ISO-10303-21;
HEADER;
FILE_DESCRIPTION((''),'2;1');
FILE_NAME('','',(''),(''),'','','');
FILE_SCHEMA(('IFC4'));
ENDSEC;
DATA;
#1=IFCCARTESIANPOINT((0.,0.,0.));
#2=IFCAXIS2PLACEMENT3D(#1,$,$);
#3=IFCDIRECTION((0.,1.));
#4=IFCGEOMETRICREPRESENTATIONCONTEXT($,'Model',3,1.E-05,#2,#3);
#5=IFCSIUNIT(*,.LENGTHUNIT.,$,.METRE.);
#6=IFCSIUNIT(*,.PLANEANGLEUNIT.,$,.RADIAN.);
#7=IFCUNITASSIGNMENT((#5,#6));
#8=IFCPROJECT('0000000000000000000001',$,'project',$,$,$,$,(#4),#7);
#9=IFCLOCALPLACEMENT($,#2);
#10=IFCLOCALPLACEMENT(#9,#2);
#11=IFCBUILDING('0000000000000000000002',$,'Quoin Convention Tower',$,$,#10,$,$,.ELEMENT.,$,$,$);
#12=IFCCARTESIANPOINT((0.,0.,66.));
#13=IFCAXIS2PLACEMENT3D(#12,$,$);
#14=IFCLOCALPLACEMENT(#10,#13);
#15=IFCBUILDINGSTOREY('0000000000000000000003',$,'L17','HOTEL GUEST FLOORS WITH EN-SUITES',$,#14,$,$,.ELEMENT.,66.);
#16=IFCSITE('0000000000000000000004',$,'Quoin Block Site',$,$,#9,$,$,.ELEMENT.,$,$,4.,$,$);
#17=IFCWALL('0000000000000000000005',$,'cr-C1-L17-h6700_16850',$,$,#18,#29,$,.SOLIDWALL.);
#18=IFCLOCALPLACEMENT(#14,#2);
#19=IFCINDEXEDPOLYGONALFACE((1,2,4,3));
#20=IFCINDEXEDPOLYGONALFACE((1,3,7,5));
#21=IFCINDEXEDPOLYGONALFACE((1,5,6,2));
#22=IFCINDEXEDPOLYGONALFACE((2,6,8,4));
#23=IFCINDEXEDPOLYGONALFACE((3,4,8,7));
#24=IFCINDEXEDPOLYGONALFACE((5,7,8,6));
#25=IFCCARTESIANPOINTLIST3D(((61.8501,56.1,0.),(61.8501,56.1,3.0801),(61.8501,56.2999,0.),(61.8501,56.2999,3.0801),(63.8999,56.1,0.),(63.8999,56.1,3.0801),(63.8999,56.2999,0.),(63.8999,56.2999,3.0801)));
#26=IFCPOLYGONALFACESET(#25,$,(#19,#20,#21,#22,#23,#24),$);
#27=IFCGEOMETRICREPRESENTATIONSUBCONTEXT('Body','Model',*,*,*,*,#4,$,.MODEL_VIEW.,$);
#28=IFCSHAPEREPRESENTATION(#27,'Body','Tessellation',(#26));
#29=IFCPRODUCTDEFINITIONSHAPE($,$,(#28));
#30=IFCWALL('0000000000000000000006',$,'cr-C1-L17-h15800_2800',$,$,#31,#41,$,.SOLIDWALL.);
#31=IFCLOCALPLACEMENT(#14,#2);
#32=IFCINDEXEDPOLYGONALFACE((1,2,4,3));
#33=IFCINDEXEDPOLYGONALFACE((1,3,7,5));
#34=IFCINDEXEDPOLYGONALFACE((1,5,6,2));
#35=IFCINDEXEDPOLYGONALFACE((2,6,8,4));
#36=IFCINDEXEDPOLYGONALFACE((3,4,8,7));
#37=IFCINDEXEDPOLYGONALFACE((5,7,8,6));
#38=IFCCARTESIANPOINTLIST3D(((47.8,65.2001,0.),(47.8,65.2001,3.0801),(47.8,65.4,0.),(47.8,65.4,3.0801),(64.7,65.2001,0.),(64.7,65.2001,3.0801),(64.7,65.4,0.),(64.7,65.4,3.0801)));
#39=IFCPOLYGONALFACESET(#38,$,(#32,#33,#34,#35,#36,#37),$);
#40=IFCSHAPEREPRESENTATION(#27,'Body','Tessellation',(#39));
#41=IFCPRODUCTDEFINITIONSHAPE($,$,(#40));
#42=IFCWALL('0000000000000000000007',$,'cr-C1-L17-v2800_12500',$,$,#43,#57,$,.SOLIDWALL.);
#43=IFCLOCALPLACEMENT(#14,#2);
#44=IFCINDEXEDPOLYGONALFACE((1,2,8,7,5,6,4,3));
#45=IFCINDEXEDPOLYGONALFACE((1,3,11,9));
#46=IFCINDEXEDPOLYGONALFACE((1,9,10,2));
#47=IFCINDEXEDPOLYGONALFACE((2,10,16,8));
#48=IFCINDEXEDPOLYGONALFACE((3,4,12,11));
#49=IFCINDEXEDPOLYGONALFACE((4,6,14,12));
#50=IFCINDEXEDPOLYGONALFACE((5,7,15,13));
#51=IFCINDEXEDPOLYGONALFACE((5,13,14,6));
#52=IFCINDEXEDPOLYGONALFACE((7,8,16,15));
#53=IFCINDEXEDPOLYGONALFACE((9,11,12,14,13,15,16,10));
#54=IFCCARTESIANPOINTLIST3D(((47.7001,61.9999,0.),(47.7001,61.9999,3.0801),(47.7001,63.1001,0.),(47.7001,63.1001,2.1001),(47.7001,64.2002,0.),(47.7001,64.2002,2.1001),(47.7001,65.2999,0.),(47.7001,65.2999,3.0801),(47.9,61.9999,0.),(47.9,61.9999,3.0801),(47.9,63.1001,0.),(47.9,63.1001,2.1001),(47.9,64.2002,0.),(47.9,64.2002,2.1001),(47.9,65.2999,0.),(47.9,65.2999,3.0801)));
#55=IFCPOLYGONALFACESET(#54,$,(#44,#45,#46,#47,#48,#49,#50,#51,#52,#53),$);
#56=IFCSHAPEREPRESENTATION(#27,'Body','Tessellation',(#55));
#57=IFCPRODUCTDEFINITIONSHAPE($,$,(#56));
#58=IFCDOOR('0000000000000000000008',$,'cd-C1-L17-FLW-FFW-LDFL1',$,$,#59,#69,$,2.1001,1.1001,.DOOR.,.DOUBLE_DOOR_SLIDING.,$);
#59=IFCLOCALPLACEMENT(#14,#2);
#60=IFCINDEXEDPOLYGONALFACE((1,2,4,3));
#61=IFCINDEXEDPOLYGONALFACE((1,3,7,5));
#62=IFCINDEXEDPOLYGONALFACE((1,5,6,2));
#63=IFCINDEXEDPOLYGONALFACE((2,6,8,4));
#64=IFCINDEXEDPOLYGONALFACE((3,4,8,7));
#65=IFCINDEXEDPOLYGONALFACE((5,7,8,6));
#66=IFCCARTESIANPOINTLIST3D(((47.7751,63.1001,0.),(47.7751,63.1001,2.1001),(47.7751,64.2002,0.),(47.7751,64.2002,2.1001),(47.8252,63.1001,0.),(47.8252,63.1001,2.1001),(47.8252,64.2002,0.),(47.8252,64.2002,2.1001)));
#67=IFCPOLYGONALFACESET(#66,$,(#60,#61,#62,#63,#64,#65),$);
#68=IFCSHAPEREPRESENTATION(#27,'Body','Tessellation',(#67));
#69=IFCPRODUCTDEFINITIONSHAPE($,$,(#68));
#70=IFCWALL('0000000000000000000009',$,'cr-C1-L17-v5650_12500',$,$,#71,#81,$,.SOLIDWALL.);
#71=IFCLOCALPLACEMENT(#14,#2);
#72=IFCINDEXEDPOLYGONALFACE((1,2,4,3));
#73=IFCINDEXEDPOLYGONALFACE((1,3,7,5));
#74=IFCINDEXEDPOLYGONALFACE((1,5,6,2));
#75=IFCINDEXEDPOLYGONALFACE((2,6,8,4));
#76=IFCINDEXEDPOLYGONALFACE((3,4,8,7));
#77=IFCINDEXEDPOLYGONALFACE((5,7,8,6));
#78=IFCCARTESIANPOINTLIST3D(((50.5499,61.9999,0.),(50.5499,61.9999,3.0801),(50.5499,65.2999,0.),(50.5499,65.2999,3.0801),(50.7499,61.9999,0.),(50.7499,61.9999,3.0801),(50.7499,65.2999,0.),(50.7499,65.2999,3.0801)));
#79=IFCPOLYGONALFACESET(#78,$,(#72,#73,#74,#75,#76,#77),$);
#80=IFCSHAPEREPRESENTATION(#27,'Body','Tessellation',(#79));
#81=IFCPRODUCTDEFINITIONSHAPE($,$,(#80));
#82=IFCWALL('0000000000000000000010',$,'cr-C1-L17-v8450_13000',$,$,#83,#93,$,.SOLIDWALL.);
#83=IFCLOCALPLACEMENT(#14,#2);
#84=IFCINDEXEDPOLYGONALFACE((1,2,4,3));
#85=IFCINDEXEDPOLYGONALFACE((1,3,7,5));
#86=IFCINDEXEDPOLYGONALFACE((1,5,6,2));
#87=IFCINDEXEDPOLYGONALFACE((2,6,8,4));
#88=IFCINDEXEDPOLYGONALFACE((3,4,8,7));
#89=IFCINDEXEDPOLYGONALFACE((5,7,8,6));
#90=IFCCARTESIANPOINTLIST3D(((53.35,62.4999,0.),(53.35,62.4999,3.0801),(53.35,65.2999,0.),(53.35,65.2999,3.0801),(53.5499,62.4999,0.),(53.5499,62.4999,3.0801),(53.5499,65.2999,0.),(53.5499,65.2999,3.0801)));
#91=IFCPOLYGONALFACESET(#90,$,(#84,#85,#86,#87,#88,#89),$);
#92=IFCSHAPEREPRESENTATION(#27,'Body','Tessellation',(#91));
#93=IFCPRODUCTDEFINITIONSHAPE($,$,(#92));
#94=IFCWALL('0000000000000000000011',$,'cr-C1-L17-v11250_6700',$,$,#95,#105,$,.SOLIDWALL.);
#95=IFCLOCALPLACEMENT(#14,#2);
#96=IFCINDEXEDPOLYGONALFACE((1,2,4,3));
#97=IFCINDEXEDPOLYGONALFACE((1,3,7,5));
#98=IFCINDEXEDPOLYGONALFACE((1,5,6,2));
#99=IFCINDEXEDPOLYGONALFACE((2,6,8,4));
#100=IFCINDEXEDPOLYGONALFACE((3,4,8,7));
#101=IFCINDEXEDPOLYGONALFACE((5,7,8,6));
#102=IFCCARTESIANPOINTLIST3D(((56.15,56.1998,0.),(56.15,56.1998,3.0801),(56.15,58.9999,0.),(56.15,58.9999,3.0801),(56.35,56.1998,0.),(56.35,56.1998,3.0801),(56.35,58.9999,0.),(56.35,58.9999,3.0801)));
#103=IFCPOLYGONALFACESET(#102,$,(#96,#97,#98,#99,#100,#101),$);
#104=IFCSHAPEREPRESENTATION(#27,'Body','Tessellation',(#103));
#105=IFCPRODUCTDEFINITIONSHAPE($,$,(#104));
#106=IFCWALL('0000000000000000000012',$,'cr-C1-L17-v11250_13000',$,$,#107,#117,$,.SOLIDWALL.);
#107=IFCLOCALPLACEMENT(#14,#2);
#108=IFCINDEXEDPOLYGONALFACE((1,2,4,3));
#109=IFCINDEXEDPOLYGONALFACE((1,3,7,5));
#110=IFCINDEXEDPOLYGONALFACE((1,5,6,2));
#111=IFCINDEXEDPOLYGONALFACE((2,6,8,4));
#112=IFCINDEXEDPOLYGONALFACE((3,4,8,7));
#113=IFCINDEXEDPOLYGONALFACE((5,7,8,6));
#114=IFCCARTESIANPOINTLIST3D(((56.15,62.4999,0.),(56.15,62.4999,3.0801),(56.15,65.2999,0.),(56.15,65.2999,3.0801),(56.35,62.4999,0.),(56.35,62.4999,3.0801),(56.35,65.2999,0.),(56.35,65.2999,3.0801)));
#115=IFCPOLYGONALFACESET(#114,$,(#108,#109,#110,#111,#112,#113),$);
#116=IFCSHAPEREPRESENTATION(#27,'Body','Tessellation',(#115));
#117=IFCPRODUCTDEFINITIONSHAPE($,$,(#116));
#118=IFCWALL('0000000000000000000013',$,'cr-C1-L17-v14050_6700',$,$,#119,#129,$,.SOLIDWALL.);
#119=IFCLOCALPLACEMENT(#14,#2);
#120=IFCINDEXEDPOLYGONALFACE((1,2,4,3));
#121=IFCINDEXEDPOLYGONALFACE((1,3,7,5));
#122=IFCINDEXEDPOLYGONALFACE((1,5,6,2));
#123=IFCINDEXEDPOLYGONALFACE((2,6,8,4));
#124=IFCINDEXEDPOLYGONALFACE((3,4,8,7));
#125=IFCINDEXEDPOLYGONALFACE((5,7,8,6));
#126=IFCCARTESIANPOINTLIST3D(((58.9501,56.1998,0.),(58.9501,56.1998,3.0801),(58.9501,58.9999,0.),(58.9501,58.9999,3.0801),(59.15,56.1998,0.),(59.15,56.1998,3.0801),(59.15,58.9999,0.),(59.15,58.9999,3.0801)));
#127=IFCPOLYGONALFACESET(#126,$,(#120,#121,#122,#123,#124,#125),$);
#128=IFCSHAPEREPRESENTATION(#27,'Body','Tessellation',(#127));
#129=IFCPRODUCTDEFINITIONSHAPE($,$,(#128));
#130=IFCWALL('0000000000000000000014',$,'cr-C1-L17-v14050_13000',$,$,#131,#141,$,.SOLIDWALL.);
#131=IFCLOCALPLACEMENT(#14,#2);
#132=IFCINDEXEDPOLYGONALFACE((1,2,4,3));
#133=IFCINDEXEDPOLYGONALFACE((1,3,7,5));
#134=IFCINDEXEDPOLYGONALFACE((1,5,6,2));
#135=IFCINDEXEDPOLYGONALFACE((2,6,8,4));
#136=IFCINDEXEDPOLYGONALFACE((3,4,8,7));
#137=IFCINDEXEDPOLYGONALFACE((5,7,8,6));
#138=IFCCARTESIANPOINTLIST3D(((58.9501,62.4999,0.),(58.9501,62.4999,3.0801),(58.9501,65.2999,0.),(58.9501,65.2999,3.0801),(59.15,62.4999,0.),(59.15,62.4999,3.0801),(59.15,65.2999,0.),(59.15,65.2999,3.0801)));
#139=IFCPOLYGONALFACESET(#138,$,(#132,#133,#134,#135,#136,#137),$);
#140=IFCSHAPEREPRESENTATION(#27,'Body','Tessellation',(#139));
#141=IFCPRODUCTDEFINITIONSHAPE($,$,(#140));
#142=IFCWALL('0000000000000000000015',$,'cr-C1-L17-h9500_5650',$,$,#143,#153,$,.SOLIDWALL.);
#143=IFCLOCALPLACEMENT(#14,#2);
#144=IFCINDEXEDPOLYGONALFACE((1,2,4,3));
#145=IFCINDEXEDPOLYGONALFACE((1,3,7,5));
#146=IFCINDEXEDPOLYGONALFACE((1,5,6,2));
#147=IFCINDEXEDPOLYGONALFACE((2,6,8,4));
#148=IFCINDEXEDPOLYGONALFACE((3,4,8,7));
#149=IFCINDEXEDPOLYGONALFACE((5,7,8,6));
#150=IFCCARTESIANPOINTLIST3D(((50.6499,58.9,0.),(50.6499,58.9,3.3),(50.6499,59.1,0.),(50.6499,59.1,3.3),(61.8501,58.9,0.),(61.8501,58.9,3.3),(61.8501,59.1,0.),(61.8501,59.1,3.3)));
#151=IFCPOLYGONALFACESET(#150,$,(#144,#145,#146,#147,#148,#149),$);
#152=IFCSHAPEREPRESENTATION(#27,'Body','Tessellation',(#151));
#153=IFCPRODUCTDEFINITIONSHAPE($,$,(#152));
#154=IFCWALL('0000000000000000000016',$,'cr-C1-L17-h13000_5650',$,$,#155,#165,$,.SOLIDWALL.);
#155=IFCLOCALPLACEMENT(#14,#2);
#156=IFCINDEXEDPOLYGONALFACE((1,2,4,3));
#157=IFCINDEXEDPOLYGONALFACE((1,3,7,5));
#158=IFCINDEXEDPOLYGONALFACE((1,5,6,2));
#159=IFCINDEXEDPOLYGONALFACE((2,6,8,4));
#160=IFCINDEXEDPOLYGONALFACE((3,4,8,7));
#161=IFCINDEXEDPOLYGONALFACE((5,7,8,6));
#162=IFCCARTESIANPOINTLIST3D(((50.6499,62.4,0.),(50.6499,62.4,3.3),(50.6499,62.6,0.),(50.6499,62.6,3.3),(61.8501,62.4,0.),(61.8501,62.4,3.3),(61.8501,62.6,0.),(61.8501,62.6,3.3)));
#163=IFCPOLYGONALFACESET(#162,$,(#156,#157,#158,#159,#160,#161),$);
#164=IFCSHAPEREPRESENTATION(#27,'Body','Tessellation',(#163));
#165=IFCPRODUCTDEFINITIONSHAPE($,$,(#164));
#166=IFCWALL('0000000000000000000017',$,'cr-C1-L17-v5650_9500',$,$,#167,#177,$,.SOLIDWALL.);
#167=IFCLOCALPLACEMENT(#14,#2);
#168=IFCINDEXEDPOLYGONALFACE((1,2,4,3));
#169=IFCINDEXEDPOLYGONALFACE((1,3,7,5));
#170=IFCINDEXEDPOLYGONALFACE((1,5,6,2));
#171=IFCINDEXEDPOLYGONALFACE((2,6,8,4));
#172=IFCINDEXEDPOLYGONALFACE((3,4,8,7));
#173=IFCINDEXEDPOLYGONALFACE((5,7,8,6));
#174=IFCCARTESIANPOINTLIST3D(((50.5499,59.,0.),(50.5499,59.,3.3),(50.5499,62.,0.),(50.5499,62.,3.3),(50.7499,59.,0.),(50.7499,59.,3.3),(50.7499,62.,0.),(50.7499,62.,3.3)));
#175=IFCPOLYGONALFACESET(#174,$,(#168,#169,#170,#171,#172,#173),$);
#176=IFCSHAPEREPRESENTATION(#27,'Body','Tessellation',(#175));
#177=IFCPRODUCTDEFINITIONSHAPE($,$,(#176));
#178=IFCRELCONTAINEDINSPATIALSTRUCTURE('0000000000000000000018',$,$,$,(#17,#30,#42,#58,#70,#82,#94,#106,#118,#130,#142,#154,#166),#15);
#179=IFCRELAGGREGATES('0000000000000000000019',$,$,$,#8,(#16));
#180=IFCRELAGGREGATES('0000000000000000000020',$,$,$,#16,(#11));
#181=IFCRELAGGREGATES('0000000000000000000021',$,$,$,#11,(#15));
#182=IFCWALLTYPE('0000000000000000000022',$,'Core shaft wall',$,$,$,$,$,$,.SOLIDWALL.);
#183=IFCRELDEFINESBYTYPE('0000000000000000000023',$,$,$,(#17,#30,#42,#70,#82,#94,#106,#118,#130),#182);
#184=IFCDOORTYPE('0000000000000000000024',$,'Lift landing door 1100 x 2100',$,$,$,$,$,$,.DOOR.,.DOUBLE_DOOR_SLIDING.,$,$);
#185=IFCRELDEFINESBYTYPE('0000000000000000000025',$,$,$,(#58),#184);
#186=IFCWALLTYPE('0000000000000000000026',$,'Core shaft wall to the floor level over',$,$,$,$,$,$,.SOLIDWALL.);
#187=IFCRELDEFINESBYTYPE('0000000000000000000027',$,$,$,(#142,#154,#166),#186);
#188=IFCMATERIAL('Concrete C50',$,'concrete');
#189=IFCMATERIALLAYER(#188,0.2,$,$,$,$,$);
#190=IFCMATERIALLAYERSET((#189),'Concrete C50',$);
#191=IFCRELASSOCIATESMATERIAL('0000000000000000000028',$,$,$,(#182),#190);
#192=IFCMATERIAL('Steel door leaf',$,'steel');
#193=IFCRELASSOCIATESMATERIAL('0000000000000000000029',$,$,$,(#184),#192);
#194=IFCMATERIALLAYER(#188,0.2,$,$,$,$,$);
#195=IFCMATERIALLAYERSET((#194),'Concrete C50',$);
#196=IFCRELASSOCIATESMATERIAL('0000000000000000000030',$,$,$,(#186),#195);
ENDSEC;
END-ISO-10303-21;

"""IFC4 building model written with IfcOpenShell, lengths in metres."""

from ifc_helpers import new_model, si_unit, direction, frame, frame_2d, origin, place, context, subcontext, project, spatial, rectangle, extrude, material, layer, layer_set, type_object, element, fill, save


model = new_model("IFC4")

# Units and contexts
model_context = context("Model", 3, precision=1e-05, world=origin(), true_north=direction((0.0, 1.0)))
body_context = subcontext(model_context, "Body", "Model", "MODEL_VIEW")
ifc_project = project(units=[si_unit("LENGTHUNIT", "METRE"), si_unit("PLANEANGLEUNIT", "RADIAN")], contexts=[model_context])

# Site, building, storey
site_placement = place(None, origin())
site = spatial("IfcSite", under=ifc_project, at=site_placement, Name="Quoin Block Site", CompositionType="ELEMENT", RefElevation=4.0)
building_placement = place(site_placement, origin())
building = spatial("IfcBuilding", under=site, at=building_placement, Name="Quoin Convention Tower", CompositionType="ELEMENT")
storey_placement = place(building_placement, frame((0.0, 0.0, 66.0)))
storey = spatial("IfcBuildingStorey", under=building, at=storey_placement, Name="L17", Description="HOTEL GUEST FLOORS WITH EN-SUITES", CompositionType="ELEMENT", Elevation=66.0)

# Walls
ifc_material_1 = material(Name="Concrete C50", Category="concrete")
ifc_layer_1 = layer(ifc_material_1, 0.2)
ifc_layer_set_1 = layer_set([ifc_layer_1], Name="Concrete C50")
wall_type_1 = type_object("IfcWallType", Name="Core shaft wall", PredefinedType="SOLIDWALL", material=ifc_layer_set_1)
wall_1_placement = place(storey_placement, frame((61.8501, 56.2, 0.0), z_axis=(0.0, 0.0, 1.0), x_axis=(1.0, 0.0, 0.0)))
element("IfcWall", 1, at=wall_1_placement, inside=storey, type_object=wall_type_1, Name="cr-C1-L17-h6700_16850", PredefinedType="SOLIDWALL", context=body_context, shape_type="SweptSolid", body=[
    extrude(rectangle(XDim=2.0498, YDim=0.2, at=frame_2d((1.0249, 0.0))), origin(), (0.0, 0.0, 1.0), 3.0801),
])
wall_2_placement = place(storey_placement, frame((47.8, 65.3, 0.0), z_axis=(0.0, 0.0, 1.0), x_axis=(1.0, 0.0, 0.0)))
element("IfcWall", 2, at=wall_2_placement, inside=storey, type_object=wall_type_1, Name="cr-C1-L17-h15800_2800", PredefinedType="SOLIDWALL", context=body_context, shape_type="SweptSolid", body=[
    extrude(rectangle(XDim=16.8999, YDim=0.2, at=frame_2d((8.45, 0.0))), origin(), (0.0, 0.0, 1.0), 3.0801),
])

# Wall, opening, door
wall_3_placement = place(storey_placement, frame((47.8, 62.0, 0.0), z_axis=(0.0, 0.0, 1.0), x_axis=(0.0, 1.0, 0.0)))
wall_3 = element("IfcWall", 3, at=wall_3_placement, inside=storey, type_object=wall_type_1, Name="cr-C1-L17-v2800_12500", PredefinedType="SOLIDWALL", context=body_context, shape_type="SweptSolid", body=[
    extrude(rectangle(XDim=3.3, YDim=0.2, at=frame_2d((1.6499, 0.0))), origin(), (0.0, 0.0, 1.0), 3.0801),
])
opening_placement = place(wall_3_placement, frame((1.1001, 0.0, 0.0)))
opening = element("IfcOpeningElement", 4, at=opening_placement, cuts=wall_3, PredefinedType="OPENING", context=body_context, shape_type="SweptSolid", body=[
    extrude(rectangle(XDim=1.1001, YDim=2.1001, at=frame_2d((0.55, 1.05))), frame((0.0, 0.1099, 0.0), z_axis=(0.0, -1.0, 0.0), x_axis=(1.0, 0.0, 0.0)), (0.0, 0.0, 1.0), 0.22),
])
ifc_material_2 = material(Name="Steel door leaf", Category="steel")
door_type = type_object("IfcDoorType", Name="Lift landing door 1100 x 2100", OperationType="DOUBLE_DOOR_SLIDING", PredefinedType="DOOR", material=ifc_material_2)
door_placement = place(opening_placement, origin())
door = element("IfcDoor", 5, at=door_placement, inside=storey, type_object=door_type, Name="cd-C1-L17-FLW-FFW-LDFL1", OperationType="DOUBLE_DOOR_SLIDING", OverallHeight=2.1001, OverallWidth=1.1001, PredefinedType="DOOR", context=body_context, shape_type="SweptSolid", body=[
    extrude(rectangle(XDim=1.1001, YDim=2.1001, at=frame_2d((0.55, 1.05))), frame((0.0, 0.0249, 0.0), z_axis=(0.0, -1.0, 0.0), x_axis=(1.0, 0.0, 0.0)), (0.0, 0.0, 1.0), 0.05),
])
fill(opening, door)

# Walls
wall_4_placement = place(storey_placement, frame((50.6499, 62.0, 0.0), z_axis=(0.0, 0.0, 1.0), x_axis=(0.0, 1.0, 0.0)))
element("IfcWall", 6, at=wall_4_placement, inside=storey, type_object=wall_type_1, Name="cr-C1-L17-v5650_12500", PredefinedType="SOLIDWALL", context=body_context, shape_type="SweptSolid", body=[
    extrude(rectangle(XDim=3.3, YDim=0.2, at=frame_2d((1.6499, 0.0))), origin(), (0.0, 0.0, 1.0), 3.0801),
])
for number, where, z_axis, x_axis, name in (
    (7, (53.45, 62.5, 0.0), (0.0, 0.0, 1.0), (0.0, 1.0, 0.0), "cr-C1-L17-v8450_13000"),
    (8, (56.25, 56.2, 0.0), (0.0, 0.0, 1.0), (0.0, 1.0, 0.0), "cr-C1-L17-v11250_6700"),
    (9, (56.25, 62.5, 0.0), (0.0, 0.0, 1.0), (0.0, 1.0, 0.0), "cr-C1-L17-v11250_13000"),
    (10, (59.05, 56.2, 0.0), (0.0, 0.0, 1.0), (0.0, 1.0, 0.0), "cr-C1-L17-v14050_6700"),
    (11, (59.05, 62.5, 0.0), (0.0, 0.0, 1.0), (0.0, 1.0, 0.0), "cr-C1-L17-v14050_13000"),
):
    element("IfcWall", number, at=place(storey_placement, frame(where, z_axis=z_axis, x_axis=x_axis)), inside=storey, type_object=wall_type_1, Name=name, PredefinedType="SOLIDWALL", context=body_context, shape_type="SweptSolid", body=[
        extrude(rectangle(XDim=2.8, YDim=0.2, at=frame_2d((1.3999, 0.0))), origin(), (0.0, 0.0, 1.0), 3.0801),
    ])
ifc_layer_2 = layer(ifc_material_1, 0.2)
ifc_layer_set_2 = layer_set([ifc_layer_2], Name="Concrete C50")
wall_type_2 = type_object("IfcWallType", Name="Core shaft wall to the floor level over", PredefinedType="SOLIDWALL", material=ifc_layer_set_2)
for number, where, z_axis, x_axis, name in (
    (12, (50.6499, 59.0, 0.0), (0.0, 0.0, 1.0), (1.0, 0.0, 0.0), "cr-C1-L17-h9500_5650"),
    (13, (50.6499, 62.5, 0.0), (0.0, 0.0, 1.0), (1.0, 0.0, 0.0), "cr-C1-L17-h13000_5650"),
):
    element("IfcWall", number, at=place(storey_placement, frame(where, z_axis=z_axis, x_axis=x_axis)), inside=storey, type_object=wall_type_2, Name=name, PredefinedType="SOLIDWALL", context=body_context, shape_type="SweptSolid", body=[
        extrude(rectangle(XDim=11.2002, YDim=0.2, at=frame_2d((5.6001, 0.0))), origin(), (0.0, 0.0, 1.0), 3.3),
    ])
wall_5_placement = place(storey_placement, frame((50.6499, 59.0, 0.0), z_axis=(0.0, 0.0, 1.0), x_axis=(0.0, 1.0, 0.0)))
element("IfcWall", 14, at=wall_5_placement, inside=storey, type_object=wall_type_2, Name="cr-C1-L17-v5650_9500", PredefinedType="SOLIDWALL", context=body_context, shape_type="SweptSolid", body=[
    extrude(rectangle(XDim=3.0, YDim=0.2, at=frame_2d((1.5, 0.0))), origin(), (0.0, 0.0, 1.0), 3.3),
])

save(model, "model.ifc")
